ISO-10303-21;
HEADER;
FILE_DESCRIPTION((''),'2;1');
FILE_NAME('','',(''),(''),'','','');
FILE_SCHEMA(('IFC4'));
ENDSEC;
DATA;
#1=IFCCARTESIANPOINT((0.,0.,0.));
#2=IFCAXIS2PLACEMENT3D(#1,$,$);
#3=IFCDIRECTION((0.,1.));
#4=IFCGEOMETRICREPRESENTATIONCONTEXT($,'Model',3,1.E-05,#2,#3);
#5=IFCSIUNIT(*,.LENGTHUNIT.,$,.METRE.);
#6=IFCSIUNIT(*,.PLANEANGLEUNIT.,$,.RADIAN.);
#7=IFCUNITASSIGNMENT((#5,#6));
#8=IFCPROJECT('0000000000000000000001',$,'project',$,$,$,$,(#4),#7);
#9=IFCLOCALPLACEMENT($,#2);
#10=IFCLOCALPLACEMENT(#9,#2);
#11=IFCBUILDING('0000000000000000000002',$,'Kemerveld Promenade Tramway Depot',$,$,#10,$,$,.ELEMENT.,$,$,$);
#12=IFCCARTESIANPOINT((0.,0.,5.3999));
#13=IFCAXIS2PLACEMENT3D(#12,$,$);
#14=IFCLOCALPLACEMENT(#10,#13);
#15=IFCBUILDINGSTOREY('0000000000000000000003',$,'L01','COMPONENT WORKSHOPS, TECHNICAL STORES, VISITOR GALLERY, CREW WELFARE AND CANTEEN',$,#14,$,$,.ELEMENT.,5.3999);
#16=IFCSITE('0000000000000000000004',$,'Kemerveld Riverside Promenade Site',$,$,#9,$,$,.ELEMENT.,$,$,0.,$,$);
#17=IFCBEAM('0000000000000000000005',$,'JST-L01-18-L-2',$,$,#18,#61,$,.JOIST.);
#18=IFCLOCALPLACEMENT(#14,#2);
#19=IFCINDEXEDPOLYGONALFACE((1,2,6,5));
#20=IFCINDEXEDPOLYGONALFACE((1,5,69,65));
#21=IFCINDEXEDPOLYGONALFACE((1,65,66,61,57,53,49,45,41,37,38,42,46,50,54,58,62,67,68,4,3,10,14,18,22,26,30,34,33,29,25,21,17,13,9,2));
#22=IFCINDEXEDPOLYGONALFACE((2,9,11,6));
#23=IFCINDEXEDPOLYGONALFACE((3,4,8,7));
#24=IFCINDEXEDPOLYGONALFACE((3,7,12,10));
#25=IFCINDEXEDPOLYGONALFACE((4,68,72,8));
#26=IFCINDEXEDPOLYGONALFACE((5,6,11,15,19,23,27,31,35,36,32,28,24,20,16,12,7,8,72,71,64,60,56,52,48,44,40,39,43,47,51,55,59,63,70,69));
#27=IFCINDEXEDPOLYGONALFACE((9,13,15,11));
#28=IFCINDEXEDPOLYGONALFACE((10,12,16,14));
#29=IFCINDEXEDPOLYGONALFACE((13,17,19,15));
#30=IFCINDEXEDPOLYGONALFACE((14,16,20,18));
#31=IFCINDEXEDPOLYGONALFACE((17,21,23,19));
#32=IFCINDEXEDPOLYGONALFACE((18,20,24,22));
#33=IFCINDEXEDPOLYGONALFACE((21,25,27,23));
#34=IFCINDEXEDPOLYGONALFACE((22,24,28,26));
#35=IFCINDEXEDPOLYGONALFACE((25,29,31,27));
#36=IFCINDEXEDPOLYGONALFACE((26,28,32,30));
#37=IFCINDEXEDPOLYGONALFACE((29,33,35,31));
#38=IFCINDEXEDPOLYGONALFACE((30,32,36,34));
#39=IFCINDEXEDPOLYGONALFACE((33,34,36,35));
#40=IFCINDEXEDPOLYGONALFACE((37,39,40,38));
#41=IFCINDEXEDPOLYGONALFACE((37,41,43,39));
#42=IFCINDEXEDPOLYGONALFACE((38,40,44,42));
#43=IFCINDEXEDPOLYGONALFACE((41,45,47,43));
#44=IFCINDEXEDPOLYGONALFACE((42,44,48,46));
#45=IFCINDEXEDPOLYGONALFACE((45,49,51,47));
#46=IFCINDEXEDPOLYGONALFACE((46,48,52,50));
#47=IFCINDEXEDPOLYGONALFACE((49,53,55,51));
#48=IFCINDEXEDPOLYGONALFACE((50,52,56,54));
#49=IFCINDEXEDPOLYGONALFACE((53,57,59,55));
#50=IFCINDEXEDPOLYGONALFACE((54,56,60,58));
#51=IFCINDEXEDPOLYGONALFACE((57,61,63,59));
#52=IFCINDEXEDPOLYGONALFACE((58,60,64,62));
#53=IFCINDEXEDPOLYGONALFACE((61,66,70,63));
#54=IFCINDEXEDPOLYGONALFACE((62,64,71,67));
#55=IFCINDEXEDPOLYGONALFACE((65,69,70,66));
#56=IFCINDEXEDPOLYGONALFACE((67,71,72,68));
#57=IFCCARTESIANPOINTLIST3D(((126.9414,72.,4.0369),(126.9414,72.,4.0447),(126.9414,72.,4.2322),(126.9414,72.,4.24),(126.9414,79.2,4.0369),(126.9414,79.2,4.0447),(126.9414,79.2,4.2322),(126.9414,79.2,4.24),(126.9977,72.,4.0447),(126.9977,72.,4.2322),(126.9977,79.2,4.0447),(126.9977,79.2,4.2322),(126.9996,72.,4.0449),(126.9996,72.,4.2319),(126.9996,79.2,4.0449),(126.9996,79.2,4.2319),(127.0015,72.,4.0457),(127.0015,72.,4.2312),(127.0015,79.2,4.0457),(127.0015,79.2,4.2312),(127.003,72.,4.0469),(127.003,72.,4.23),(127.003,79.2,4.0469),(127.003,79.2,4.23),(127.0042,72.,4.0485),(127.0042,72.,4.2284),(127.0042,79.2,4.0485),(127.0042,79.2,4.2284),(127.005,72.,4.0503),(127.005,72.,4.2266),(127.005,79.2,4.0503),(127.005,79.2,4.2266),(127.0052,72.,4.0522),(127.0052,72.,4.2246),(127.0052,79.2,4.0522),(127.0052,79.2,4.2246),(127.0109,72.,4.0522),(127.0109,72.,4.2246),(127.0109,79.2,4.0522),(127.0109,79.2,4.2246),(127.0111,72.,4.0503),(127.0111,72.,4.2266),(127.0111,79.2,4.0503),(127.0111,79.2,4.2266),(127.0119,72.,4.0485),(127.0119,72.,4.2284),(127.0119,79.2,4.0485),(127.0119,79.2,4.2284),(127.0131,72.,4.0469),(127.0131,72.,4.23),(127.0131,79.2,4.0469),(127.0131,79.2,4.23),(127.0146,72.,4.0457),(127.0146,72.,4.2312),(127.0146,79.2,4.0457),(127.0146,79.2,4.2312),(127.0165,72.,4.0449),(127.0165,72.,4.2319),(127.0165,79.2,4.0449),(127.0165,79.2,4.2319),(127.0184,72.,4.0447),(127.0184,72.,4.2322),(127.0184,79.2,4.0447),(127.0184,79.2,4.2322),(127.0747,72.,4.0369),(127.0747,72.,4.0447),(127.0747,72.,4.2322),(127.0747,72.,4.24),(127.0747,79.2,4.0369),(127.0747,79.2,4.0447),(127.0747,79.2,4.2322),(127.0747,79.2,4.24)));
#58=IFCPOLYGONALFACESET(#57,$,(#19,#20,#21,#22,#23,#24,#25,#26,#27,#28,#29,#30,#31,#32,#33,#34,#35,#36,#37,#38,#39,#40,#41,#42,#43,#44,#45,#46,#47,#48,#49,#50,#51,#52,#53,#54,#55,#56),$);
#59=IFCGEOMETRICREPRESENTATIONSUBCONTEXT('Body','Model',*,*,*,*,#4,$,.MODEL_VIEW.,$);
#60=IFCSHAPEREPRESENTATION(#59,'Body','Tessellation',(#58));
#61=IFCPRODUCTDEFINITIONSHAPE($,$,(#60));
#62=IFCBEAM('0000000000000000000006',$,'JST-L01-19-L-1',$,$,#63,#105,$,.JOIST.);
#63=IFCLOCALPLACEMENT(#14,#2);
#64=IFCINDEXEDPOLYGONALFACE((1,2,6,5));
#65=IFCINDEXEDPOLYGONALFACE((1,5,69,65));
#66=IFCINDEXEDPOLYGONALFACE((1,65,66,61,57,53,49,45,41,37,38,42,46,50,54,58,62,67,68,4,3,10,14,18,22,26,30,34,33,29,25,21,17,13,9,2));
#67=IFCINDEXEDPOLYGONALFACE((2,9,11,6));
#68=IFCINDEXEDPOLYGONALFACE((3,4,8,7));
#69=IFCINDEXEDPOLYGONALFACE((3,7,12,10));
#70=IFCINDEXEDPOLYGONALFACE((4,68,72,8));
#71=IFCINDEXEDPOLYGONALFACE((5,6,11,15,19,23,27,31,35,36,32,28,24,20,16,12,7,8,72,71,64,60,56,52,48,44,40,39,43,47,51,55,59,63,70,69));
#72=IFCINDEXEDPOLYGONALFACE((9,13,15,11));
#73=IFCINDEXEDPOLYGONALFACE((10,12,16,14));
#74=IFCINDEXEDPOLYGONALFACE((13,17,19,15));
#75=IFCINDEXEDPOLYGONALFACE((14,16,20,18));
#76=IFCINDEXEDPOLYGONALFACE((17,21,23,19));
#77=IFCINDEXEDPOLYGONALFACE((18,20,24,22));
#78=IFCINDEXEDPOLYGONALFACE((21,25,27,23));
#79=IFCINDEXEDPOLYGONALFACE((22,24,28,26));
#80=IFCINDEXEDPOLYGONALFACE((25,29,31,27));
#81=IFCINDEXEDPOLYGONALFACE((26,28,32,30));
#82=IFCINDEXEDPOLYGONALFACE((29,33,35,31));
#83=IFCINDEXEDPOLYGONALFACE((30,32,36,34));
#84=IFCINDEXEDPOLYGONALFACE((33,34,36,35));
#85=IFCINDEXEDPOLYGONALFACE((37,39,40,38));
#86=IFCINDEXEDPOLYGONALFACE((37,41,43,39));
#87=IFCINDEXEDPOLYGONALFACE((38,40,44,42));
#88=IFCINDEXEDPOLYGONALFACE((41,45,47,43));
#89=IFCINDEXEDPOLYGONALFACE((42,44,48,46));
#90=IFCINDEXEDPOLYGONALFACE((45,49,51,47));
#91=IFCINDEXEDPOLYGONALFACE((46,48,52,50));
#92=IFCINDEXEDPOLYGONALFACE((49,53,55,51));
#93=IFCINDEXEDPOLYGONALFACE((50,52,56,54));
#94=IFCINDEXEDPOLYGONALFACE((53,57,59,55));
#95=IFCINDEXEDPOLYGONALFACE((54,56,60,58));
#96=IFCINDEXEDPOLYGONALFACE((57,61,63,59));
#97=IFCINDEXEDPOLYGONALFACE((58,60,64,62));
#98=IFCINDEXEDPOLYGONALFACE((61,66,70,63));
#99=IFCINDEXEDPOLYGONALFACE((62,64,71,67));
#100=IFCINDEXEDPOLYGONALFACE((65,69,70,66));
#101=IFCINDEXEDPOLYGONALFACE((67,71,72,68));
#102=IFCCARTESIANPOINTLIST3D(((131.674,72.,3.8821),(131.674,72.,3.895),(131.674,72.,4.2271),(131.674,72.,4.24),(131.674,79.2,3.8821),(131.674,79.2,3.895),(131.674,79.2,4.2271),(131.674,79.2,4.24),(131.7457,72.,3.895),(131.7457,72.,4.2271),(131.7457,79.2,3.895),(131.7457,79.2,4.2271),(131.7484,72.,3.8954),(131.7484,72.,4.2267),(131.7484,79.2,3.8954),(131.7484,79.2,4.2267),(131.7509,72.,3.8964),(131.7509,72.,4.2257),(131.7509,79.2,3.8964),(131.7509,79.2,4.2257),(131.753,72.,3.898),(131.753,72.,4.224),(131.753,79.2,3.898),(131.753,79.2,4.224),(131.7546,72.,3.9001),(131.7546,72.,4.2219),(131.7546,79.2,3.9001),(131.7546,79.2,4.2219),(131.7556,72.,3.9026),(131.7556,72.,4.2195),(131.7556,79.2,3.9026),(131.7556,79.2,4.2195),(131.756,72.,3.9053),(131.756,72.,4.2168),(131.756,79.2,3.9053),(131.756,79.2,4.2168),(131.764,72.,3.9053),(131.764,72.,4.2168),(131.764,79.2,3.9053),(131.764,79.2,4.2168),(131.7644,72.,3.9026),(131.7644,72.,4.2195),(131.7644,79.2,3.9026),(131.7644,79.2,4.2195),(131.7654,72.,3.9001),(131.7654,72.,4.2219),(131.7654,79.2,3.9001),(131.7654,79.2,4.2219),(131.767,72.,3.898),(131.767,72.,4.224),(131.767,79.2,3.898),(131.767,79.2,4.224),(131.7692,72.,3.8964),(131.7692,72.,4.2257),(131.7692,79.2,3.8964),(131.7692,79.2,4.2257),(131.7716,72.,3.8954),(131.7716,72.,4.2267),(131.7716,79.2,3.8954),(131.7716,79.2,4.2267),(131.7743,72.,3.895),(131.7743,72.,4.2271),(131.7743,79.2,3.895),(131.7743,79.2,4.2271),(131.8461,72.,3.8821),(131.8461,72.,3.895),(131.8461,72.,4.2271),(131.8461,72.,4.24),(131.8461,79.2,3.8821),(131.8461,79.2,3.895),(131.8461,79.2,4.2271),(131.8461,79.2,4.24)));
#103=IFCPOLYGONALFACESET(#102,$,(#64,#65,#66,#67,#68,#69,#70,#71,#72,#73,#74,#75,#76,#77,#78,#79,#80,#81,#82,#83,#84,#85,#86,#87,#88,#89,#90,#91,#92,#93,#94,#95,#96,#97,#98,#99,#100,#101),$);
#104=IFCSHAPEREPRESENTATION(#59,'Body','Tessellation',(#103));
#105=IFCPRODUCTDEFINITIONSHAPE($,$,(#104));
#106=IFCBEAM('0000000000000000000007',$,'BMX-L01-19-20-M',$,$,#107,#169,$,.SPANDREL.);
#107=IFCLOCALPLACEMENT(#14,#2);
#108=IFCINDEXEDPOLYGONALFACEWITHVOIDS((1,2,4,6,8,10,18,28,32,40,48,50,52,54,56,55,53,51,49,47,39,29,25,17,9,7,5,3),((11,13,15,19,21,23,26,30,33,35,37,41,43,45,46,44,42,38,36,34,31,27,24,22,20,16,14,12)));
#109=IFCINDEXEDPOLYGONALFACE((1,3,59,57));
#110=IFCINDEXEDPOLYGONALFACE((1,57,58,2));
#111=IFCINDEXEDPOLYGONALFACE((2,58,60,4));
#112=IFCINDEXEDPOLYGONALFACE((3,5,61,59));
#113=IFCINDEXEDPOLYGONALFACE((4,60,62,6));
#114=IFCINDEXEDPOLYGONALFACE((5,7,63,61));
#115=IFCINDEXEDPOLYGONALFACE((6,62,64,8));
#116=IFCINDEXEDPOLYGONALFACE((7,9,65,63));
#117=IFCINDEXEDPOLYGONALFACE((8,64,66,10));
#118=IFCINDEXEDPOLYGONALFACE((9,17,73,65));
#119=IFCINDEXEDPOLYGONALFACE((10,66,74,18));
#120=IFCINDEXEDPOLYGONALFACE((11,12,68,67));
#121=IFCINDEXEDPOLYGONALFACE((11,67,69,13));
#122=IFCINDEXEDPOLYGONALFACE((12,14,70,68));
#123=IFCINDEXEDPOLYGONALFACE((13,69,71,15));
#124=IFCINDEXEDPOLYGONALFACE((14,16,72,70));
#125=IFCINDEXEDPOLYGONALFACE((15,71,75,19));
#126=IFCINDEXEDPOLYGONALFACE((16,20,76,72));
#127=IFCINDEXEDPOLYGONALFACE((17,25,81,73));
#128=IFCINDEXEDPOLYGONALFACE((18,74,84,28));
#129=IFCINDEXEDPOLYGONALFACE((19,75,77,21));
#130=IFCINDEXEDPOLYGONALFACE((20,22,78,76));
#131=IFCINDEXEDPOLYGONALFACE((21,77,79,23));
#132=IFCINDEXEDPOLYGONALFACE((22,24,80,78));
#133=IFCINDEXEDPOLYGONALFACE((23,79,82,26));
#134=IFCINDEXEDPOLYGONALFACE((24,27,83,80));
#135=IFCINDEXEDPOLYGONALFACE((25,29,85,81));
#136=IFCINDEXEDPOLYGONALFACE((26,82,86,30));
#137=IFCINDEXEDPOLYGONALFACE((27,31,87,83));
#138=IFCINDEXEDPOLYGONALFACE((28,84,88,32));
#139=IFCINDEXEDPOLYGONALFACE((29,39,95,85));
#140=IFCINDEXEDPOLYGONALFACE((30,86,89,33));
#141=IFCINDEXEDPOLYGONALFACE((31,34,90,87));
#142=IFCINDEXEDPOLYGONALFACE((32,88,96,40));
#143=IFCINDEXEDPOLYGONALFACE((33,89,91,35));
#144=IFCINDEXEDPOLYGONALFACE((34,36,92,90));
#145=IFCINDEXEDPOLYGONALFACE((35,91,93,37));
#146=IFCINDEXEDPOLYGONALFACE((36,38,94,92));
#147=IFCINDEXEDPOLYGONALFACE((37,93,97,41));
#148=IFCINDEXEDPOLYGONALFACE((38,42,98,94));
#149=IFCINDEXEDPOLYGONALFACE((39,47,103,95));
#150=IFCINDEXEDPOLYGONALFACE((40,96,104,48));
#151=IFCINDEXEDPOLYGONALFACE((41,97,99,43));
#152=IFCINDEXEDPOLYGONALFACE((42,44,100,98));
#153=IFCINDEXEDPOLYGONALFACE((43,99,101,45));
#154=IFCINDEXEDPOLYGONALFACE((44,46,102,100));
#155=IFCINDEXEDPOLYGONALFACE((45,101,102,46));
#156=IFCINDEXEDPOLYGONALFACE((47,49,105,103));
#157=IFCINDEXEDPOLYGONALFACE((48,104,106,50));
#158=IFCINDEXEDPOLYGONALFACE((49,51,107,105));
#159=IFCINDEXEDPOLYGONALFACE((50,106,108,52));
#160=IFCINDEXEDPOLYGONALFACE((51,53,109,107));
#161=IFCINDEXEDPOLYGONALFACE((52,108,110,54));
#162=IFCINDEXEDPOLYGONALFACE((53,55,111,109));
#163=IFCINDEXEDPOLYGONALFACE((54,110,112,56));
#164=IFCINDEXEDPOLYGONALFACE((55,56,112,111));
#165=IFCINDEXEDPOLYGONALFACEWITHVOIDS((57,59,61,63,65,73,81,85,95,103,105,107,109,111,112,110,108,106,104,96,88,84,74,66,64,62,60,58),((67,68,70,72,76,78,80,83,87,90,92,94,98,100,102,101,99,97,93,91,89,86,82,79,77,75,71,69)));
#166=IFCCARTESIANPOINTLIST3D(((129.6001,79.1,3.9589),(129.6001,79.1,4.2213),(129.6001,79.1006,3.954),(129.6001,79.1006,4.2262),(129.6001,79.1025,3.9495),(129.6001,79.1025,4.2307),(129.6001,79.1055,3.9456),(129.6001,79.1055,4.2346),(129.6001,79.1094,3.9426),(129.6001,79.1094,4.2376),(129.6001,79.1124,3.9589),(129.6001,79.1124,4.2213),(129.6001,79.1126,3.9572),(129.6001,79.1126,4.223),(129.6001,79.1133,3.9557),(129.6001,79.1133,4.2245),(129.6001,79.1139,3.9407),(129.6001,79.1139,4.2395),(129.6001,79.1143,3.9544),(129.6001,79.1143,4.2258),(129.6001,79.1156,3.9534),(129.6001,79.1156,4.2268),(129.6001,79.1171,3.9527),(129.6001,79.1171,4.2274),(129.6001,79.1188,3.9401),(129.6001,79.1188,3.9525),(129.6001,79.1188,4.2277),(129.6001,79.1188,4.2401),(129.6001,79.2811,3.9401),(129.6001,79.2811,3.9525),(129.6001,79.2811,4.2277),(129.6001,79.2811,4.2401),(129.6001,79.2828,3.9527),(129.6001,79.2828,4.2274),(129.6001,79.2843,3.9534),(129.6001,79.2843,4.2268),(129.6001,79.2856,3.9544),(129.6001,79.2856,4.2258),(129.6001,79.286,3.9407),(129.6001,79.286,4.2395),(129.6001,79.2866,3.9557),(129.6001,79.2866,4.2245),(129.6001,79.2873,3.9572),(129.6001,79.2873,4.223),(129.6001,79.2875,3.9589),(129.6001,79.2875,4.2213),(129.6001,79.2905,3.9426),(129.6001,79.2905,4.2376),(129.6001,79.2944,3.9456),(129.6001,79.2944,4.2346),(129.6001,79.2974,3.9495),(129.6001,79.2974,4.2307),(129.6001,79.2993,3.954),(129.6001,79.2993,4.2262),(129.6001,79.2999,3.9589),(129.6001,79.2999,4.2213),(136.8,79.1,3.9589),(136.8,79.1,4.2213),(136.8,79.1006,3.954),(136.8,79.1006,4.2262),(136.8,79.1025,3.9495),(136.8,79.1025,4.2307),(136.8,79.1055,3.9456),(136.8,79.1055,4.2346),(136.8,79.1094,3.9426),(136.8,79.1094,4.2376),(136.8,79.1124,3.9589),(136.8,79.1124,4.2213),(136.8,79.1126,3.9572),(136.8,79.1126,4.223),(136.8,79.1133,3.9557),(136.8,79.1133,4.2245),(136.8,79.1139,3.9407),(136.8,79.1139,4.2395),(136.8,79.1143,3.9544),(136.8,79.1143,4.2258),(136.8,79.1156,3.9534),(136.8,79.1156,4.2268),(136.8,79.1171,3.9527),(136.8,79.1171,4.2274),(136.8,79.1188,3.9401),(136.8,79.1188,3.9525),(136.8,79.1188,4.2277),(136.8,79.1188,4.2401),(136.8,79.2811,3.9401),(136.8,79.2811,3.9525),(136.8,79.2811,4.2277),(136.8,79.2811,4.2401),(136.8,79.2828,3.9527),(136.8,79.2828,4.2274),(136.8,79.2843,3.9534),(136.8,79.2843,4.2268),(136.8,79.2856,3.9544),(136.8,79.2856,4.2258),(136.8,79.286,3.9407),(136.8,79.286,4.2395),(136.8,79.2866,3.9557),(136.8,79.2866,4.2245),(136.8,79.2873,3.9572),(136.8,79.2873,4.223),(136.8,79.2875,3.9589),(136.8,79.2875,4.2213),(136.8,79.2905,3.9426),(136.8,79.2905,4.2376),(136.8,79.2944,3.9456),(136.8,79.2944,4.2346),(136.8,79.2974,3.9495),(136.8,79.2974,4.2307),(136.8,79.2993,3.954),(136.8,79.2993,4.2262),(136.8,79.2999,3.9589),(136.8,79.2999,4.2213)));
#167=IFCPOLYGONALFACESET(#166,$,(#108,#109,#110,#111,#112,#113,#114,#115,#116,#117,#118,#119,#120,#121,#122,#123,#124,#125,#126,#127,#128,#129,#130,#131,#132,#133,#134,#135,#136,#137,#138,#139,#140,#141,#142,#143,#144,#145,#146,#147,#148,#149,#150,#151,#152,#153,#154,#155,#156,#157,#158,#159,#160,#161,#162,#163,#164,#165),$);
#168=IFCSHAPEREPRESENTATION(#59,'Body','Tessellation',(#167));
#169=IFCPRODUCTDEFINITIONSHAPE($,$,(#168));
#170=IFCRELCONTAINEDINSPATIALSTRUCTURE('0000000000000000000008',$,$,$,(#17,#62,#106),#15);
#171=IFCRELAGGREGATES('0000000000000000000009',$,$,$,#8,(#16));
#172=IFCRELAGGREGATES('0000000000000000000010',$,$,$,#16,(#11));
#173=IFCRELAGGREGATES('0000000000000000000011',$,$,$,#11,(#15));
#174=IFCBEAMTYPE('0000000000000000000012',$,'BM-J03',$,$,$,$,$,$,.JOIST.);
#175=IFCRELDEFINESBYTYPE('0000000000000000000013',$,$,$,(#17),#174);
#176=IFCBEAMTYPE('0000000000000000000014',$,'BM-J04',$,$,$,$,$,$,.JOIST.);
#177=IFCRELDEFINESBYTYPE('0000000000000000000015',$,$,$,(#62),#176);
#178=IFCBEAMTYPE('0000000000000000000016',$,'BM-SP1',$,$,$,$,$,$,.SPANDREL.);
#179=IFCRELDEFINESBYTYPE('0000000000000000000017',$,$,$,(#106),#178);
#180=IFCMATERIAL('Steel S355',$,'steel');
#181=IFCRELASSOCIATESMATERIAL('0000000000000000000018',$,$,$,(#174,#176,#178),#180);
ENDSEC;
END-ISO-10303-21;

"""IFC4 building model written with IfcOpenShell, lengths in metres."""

from ifc_helpers import new_model, si_unit, direction, frame, origin, origin_2d, place, context, subcontext, project, spatial, hollow_rectangle, i_section, extrude, material, material_profile, profile_set, type_object, element, save


model = new_model("IFC4")

# Units and contexts
model_context = context("Model", 3, precision=1e-05, world=origin(), true_north=direction((0.0, 1.0)))
body_context = subcontext(model_context, "Body", "Model", "MODEL_VIEW")
ifc_project = project(units=[si_unit("LENGTHUNIT", "METRE"), si_unit("PLANEANGLEUNIT", "RADIAN")], contexts=[model_context])

# Site, building, storey
site_placement = place(None, origin())
site = spatial("IfcSite", under=ifc_project, at=site_placement, Name="Kemerveld Riverside Promenade Site", CompositionType="ELEMENT", RefElevation=0.0)
building_placement = place(site_placement, origin())
building = spatial("IfcBuilding", under=site, at=building_placement, Name="Kemerveld Promenade Tramway Depot", CompositionType="ELEMENT")
storey_placement = place(building_placement, frame((0.0, 0.0, 5.3999)))
storey = spatial("IfcBuildingStorey", under=building, at=storey_placement, Name="L01", Description="COMPONENT WORKSHOPS, TECHNICAL STORES, VISITOR GALLERY, CREW WELFARE AND CANTEEN", CompositionType="ELEMENT", Elevation=5.3999)

# Beams
ifc_material_1 = material(Name="Steel S355", Category="steel")
ifc_material_profile_1 = material_profile(ifc_material_1, i_section(OverallWidth=0.1333, OverallDepth=0.2031, WebThickness=0.0056, FlangeThickness=0.0078, FilletRadius=0.0076, at=origin_2d()), Name="203x133x25 UB")
ifc_profile_set_1 = profile_set([ifc_material_profile_1], Name="Steel S355")
beam_type_1 = type_object("IfcBeamType", Name="BM-J03", PredefinedType="JOIST", material=ifc_profile_set_1)
for number, where, z_axis, x_axis, name in (
    (1, (127.0081, 72.0, 4.1384), (0.0, 1.0, 0.0), (-1.0, 0.0, 0.0), "JST-L01-18-L-2"),
):
    element("IfcBeam", number, at=place(storey_placement, frame(where, z_axis=z_axis, x_axis=x_axis)), inside=storey, type_object=beam_type_1, Name=name, PredefinedType="JOIST", context=body_context, shape_type="SweptSolid", body=[
        extrude(i_section(OverallWidth=0.1333, OverallDepth=0.2031, WebThickness=0.0056, FlangeThickness=0.0078, FilletRadius=0.0076, at=origin_2d()), origin(), (0.0, 0.0, 1.0), 7.2),
    ])
ifc_material_profile_2 = material_profile(ifc_material_1, i_section(OverallWidth=0.1721, OverallDepth=0.3579, WebThickness=0.0081, FlangeThickness=0.0129, FilletRadius=0.0103, at=origin_2d()), Name="356x171x57 UB")
ifc_profile_set_2 = profile_set([ifc_material_profile_2], Name="Steel S355")
beam_type_2 = type_object("IfcBeamType", Name="BM-J04", PredefinedType="JOIST", material=ifc_profile_set_2)
beam_1_placement = place(storey_placement, frame((131.76, 72.0, 4.061), z_axis=(0.0, 1.0, 0.0), x_axis=(-1.0, 0.0, 0.0)))
element("IfcBeam", 2, at=beam_1_placement, inside=storey, type_object=beam_type_2, Name="JST-L01-19-L-1", PredefinedType="JOIST", context=body_context, shape_type="SweptSolid", body=[
    extrude(i_section(OverallWidth=0.1721, OverallDepth=0.3579, WebThickness=0.0081, FlangeThickness=0.0129, FilletRadius=0.0103, at=origin_2d()), origin(), (0.0, 0.0, 1.0), 7.2),
])
ifc_material_profile_3 = material_profile(ifc_material_1, hollow_rectangle(XDim=0.2, YDim=0.3, WallThickness=0.0125, InnerFilletRadius=0.0063, OuterFilletRadius=0.0188, at=origin_2d()), Name="300x200x12.5 RHS")
ifc_profile_set_3 = profile_set([ifc_material_profile_3], Name="Steel S355")
beam_type_3 = type_object("IfcBeamType", Name="BM-SP1", PredefinedType="SPANDREL", material=ifc_profile_set_3)
beam_2_placement = place(storey_placement, frame((129.6001, 79.2, 4.0901), z_axis=(1.0, 0.0, 0.0), x_axis=(0.0, 1.0, 0.0)))
element("IfcBeam", 3, at=beam_2_placement, inside=storey, type_object=beam_type_3, Name="BMX-L01-19-20-M", PredefinedType="SPANDREL", context=body_context, shape_type="SweptSolid", body=[
    extrude(hollow_rectangle(XDim=0.2, YDim=0.3, WallThickness=0.0125, InnerFilletRadius=0.0063, OuterFilletRadius=0.0188, at=origin_2d()), origin(), (0.0, 0.0, 1.0), 7.2),
])

save(model, "model.ifc")
